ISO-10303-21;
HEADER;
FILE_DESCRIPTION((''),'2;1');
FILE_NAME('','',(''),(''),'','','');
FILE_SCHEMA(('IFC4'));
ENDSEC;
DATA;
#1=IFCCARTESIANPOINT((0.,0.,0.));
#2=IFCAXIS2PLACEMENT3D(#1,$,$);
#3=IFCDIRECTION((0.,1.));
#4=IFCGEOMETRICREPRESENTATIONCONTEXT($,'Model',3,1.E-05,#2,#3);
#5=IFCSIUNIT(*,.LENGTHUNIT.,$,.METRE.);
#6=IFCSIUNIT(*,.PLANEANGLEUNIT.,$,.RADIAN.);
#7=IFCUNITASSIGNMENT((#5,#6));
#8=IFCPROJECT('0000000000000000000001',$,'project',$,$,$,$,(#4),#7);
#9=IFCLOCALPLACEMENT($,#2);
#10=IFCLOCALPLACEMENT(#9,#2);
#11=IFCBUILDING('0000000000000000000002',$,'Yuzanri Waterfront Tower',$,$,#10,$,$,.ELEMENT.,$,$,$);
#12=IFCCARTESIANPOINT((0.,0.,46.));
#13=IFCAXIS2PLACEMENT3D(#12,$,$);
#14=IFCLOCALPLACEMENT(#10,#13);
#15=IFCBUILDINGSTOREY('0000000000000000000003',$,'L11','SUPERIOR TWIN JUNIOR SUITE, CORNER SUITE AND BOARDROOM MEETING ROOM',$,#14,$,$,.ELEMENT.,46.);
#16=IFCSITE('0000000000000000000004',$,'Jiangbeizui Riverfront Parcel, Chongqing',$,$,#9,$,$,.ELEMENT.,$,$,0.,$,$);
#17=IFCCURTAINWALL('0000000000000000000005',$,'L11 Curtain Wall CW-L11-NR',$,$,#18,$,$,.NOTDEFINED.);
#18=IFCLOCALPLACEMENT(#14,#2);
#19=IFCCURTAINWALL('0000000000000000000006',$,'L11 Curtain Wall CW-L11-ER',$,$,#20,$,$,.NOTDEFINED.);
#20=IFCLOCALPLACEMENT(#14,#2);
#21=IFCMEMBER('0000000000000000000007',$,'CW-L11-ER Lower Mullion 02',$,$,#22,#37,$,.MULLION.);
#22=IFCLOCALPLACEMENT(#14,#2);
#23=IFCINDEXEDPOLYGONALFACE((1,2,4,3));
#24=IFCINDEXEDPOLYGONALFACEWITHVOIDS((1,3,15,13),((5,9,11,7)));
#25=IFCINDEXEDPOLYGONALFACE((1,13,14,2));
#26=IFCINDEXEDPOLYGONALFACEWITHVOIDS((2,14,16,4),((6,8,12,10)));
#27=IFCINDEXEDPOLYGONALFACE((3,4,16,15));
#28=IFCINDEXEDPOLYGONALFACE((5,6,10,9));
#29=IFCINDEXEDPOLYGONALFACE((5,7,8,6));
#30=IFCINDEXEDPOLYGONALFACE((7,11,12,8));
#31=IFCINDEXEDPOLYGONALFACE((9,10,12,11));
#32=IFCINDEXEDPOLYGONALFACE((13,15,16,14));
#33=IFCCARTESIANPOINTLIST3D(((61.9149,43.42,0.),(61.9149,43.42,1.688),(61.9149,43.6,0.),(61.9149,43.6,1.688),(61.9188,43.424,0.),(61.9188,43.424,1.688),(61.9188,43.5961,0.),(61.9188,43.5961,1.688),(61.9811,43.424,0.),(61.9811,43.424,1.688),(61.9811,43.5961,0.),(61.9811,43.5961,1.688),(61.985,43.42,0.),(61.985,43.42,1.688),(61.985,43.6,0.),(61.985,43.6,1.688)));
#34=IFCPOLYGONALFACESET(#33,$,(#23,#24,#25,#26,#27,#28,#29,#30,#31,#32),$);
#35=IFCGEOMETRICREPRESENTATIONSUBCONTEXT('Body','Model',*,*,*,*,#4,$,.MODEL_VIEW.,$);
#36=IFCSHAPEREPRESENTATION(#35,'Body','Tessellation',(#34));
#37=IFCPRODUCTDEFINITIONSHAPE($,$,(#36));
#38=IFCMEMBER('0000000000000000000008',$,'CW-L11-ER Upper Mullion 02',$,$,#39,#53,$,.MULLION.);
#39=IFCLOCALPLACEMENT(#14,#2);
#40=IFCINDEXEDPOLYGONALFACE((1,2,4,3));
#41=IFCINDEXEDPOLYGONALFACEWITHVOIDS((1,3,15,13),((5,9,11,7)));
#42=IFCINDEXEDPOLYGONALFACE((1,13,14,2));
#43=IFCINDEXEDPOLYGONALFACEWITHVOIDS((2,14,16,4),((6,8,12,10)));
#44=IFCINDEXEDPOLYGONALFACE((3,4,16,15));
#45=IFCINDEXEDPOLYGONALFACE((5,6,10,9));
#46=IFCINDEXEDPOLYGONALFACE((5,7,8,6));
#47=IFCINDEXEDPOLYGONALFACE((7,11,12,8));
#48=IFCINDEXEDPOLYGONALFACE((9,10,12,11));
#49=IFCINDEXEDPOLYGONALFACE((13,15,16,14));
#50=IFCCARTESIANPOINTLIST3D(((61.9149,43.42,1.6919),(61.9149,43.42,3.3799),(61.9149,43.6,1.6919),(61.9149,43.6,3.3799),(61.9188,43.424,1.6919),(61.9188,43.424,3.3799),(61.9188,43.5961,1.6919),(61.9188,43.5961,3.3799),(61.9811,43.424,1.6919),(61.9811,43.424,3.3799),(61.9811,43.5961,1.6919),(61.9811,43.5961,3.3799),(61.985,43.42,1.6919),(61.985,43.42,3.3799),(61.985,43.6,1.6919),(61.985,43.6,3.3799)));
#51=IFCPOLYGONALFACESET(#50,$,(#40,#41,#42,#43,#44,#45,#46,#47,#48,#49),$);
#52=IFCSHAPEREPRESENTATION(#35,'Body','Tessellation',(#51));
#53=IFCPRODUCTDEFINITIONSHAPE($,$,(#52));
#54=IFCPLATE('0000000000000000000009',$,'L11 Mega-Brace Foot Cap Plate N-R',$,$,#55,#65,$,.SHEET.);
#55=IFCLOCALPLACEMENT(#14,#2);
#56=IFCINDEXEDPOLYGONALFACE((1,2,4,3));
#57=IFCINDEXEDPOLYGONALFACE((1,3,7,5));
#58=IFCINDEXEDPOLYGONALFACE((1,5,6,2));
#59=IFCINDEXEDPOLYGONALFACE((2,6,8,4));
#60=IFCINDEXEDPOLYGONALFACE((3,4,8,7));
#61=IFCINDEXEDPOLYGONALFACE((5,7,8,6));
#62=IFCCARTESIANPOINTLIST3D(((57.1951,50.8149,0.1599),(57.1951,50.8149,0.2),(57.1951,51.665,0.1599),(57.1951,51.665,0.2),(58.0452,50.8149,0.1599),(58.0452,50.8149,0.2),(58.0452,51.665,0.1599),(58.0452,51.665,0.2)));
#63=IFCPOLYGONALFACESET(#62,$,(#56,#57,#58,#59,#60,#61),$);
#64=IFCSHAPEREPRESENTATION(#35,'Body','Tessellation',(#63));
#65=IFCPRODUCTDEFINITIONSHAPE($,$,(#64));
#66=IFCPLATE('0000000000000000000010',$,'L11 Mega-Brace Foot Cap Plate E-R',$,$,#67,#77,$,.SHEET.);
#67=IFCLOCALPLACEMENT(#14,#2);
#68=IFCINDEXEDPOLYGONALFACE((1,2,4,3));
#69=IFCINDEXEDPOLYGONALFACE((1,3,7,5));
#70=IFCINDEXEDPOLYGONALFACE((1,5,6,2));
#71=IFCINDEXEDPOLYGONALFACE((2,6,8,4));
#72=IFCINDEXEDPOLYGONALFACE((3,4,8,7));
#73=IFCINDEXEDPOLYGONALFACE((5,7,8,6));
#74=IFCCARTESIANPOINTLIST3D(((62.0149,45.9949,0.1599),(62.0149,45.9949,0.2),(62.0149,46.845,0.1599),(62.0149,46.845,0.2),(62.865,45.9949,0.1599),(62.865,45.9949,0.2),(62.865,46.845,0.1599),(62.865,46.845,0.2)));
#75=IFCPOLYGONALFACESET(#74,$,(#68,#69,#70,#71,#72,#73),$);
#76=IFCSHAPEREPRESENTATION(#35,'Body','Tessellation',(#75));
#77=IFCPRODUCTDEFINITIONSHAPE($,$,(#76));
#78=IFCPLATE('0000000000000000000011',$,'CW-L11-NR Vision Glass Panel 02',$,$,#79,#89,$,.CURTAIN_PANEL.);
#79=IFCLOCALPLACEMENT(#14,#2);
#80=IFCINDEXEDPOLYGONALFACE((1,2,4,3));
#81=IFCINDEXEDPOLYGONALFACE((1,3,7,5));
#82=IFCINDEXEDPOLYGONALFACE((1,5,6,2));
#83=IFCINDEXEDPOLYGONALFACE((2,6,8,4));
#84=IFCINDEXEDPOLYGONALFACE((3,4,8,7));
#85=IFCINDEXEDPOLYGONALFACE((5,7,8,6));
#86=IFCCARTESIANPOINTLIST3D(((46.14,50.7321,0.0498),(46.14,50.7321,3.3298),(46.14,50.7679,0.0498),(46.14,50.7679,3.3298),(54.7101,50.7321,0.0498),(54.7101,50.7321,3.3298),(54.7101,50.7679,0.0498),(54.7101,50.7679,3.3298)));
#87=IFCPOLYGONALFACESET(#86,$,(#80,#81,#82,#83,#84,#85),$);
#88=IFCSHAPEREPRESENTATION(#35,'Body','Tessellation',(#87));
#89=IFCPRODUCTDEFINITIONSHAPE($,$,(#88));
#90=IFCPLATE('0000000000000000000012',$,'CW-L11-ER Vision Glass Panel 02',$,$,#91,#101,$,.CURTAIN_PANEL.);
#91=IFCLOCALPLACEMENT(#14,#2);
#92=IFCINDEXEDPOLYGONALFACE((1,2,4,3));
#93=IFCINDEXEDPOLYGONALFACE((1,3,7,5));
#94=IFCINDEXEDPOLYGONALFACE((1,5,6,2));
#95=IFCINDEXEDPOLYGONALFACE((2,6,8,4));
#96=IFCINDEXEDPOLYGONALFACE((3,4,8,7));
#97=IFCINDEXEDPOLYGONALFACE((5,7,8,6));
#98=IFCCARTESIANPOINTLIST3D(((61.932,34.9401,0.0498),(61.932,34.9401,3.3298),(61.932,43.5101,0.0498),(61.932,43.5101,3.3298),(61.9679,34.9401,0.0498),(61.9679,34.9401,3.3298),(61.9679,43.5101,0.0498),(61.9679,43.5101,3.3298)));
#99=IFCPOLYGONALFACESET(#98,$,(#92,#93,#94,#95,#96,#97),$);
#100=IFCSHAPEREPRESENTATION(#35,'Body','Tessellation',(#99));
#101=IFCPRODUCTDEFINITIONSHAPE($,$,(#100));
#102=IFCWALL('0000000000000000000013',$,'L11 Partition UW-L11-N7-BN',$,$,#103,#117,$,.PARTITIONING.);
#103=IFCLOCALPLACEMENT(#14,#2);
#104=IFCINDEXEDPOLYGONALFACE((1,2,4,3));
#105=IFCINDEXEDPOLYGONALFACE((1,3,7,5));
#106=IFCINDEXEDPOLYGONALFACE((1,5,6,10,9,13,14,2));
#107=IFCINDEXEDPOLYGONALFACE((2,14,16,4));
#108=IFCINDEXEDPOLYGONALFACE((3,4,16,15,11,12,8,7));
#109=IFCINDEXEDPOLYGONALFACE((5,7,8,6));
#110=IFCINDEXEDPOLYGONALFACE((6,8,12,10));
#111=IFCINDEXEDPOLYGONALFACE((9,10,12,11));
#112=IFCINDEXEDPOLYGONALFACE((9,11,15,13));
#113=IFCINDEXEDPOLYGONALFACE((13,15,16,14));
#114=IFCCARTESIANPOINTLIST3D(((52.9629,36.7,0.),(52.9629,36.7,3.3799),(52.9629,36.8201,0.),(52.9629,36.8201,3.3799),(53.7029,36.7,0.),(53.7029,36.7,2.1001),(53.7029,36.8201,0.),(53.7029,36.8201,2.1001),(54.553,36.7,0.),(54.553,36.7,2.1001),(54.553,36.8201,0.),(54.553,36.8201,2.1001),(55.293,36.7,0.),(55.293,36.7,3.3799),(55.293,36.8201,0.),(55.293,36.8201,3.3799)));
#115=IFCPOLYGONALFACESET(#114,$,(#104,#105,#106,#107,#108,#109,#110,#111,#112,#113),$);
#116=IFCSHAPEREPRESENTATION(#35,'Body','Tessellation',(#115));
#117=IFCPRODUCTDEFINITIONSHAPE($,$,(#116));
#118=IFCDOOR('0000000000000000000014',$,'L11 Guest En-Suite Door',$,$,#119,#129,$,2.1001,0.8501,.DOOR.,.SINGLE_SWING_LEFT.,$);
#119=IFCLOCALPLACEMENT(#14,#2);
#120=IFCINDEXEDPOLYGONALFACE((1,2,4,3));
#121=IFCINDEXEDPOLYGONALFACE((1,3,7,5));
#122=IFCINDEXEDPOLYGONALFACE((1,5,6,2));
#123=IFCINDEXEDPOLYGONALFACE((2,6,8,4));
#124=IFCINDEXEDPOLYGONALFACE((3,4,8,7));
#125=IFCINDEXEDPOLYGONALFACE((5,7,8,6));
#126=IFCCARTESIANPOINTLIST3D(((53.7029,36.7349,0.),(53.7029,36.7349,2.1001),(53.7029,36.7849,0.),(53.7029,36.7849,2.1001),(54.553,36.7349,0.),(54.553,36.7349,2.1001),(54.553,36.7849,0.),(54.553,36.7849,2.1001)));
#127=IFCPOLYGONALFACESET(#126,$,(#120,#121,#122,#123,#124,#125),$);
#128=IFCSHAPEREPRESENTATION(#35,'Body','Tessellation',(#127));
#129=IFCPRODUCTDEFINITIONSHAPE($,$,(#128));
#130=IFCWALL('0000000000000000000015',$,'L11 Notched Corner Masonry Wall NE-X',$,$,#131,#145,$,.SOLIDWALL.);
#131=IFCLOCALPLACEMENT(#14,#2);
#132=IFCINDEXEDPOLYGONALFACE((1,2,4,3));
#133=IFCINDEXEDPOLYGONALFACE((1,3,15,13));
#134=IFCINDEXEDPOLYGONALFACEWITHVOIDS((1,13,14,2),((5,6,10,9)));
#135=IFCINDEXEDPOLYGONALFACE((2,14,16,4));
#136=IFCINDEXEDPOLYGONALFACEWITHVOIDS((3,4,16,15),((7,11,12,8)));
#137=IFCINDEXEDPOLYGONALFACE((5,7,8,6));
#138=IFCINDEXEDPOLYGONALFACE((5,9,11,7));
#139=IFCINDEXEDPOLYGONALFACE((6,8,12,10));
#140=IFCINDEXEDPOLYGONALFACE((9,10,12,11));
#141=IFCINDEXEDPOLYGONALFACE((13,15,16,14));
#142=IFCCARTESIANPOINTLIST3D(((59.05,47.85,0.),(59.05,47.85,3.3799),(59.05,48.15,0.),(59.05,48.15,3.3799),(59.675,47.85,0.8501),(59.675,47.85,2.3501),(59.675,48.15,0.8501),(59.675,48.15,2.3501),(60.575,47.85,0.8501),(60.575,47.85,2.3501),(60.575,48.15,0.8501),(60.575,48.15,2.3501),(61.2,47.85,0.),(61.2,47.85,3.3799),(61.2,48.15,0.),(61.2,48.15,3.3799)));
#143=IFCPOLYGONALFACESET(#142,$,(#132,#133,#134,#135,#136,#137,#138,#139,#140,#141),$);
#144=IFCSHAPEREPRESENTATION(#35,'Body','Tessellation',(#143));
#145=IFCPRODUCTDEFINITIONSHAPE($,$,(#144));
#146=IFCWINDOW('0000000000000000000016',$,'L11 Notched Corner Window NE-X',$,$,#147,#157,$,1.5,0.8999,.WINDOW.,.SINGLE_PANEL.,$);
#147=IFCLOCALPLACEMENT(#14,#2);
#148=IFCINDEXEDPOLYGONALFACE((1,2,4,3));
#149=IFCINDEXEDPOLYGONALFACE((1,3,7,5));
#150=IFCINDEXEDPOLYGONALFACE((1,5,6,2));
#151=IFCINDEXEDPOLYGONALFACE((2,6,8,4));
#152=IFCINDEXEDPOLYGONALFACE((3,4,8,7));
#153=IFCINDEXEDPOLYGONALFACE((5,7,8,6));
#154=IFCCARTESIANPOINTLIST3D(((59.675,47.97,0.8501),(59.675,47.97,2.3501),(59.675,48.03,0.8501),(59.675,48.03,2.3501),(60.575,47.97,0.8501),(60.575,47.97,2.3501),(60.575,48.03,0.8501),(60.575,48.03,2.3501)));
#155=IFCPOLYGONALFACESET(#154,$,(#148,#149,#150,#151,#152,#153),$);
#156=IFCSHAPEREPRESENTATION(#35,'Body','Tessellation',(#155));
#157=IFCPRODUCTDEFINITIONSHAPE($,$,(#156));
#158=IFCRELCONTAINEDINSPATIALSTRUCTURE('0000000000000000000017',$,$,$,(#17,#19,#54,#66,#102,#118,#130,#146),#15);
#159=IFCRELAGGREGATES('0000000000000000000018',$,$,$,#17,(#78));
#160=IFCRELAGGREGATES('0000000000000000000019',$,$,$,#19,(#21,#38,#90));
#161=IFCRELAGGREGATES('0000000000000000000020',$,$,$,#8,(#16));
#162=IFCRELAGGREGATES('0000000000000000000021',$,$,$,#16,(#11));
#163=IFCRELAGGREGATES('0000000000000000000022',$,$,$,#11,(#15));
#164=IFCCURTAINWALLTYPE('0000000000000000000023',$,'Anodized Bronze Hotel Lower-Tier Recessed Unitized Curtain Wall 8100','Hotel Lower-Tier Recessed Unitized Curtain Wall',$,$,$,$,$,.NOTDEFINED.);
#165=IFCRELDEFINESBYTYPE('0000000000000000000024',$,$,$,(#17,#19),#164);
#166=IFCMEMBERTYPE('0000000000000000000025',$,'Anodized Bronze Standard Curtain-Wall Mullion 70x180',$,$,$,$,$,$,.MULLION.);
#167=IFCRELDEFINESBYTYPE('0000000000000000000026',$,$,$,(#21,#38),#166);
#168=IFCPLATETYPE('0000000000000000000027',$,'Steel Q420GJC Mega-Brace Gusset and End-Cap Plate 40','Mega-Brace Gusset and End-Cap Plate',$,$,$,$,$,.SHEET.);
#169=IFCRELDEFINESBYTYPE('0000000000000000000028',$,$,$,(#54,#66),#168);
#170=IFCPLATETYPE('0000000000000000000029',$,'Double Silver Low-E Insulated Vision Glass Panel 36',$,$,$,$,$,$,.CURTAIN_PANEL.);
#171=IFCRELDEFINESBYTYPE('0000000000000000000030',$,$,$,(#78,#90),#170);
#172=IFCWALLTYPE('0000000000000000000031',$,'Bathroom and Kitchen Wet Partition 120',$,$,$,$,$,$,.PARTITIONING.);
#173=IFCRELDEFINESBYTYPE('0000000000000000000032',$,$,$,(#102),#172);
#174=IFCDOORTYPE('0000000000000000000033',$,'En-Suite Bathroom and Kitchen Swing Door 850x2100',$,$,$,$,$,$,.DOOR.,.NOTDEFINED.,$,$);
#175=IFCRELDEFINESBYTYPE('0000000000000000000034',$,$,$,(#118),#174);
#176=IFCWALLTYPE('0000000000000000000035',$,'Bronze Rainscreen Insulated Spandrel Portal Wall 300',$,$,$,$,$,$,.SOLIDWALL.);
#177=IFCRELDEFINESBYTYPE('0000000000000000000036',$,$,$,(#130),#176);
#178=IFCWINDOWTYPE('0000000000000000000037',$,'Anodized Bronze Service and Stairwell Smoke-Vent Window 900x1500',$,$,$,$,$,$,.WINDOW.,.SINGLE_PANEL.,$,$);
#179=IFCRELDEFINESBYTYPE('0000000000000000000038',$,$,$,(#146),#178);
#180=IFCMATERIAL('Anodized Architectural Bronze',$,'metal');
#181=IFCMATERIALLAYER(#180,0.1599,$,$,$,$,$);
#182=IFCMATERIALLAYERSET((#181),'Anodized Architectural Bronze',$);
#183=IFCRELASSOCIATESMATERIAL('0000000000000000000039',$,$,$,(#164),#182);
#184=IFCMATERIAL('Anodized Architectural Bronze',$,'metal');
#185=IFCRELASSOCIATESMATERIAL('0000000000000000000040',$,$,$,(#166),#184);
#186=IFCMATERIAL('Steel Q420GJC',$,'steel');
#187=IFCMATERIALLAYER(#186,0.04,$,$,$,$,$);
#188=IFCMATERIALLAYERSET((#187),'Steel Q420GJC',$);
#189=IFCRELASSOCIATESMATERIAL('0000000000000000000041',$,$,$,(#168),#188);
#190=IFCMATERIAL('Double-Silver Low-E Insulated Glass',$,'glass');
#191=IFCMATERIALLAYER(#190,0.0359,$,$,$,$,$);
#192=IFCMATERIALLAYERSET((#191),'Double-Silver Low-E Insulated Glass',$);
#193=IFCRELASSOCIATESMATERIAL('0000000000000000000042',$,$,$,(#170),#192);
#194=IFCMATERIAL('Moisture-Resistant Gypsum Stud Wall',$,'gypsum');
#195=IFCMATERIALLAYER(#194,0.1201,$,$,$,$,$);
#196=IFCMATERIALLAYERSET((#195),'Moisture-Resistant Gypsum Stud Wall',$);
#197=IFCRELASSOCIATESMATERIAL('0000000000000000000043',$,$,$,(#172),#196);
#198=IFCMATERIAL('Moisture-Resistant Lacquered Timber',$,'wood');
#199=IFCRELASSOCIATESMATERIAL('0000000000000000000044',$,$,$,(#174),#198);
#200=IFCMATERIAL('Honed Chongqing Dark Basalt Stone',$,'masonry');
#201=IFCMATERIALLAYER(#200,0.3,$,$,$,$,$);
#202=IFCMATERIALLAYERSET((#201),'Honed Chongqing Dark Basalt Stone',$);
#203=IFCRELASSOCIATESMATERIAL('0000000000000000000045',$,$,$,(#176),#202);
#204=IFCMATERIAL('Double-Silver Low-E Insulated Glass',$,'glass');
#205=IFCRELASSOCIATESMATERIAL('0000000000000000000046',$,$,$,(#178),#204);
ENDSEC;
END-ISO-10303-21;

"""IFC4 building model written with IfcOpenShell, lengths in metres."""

from ifc_helpers import new_model, si_unit, direction, frame, frame_2d, origin, origin_2d, place, context, subcontext, project, spatial, rectangle, hollow_rectangle, extrude, source, transform, mapped, material, layer, layer_set, material_profile, profile_set, type_object, element, fill, aggregate, save


model = new_model("IFC4")

# Units and contexts
model_context = context("Model", 3, precision=1e-05, world=origin(), true_north=direction((0.0, 1.0)))
body_context = subcontext(model_context, "Body", "Model", "MODEL_VIEW")
ifc_project = project(units=[si_unit("LENGTHUNIT", "METRE"), si_unit("PLANEANGLEUNIT", "RADIAN")], contexts=[model_context])

# Site, building, storey
site_placement = place(None, origin())
site = spatial("IfcSite", under=ifc_project, at=site_placement, Name="Jiangbeizui Riverfront Parcel, Chongqing", CompositionType="ELEMENT", RefElevation=0.0)
building_placement = place(site_placement, origin())
building = spatial("IfcBuilding", under=site, at=building_placement, Name="Yuzanri Waterfront Tower", CompositionType="ELEMENT")
storey_placement = place(building_placement, frame((0.0, 0.0, 46.0)))
storey = spatial("IfcBuildingStorey", under=building, at=storey_placement, Name="L11", Description="SUPERIOR TWIN JUNIOR SUITE, CORNER SUITE AND BOARDROOM MEETING ROOM", CompositionType="ELEMENT", Elevation=46.0)

# Curtain walls, members
ifc_material_1 = material(Name="Anodized Architectural Bronze", Category="metal")
ifc_layer_1 = layer(ifc_material_1, 0.1599)
ifc_layer_set_1 = layer_set([ifc_layer_1], Name="Anodized Architectural Bronze")
curtain_wall_type = type_object("IfcCurtainWallType", Name="Anodized Bronze Hotel Lower-Tier Recessed Unitized Curtain Wall 8100", Description="Hotel Lower-Tier Recessed Unitized Curtain Wall", PredefinedType="NOTDEFINED", material=ifc_layer_set_1)
curtain_wall_1_placement = place(storey_placement, origin())
curtain_wall_1 = element("IfcCurtainWall", 1, at=curtain_wall_1_placement, inside=storey, type_object=curtain_wall_type, Name="L11 Curtain Wall CW-L11-NR", PredefinedType="NOTDEFINED")
ifc_material_2 = material(Name="Anodized Architectural Bronze", Category="metal")
ifc_material_profile_1 = material_profile(ifc_material_2, hollow_rectangle(XDim=0.0701, YDim=0.1799, WallThickness=0.0039, at=origin_2d()), Name="CWM 70x180")
ifc_profile_set_1 = profile_set([ifc_material_profile_1], Name="Anodized Architectural Bronze")
member_type_1 = type_object("IfcMemberType", Name="Anodized Bronze Standard Curtain-Wall Mullion 70x180", PredefinedType="MULLION", material=ifc_profile_set_1)
shared_shape_1 = source(origin(), body_context, "Body", "SweptSolid", [
    extrude(hollow_rectangle(XDim=0.0701, YDim=0.1799, WallThickness=0.0039, at=origin_2d()), origin(), (0.0, 0.0, 1.0), 1.688),
])
curtain_wall_2_placement = place(storey_placement, origin())
curtain_wall_2 = element("IfcCurtainWall", 2, at=curtain_wall_2_placement, inside=storey, type_object=curtain_wall_type, Name="L11 Curtain Wall CW-L11-ER", PredefinedType="NOTDEFINED")
member_1_placement = place(storey_placement, frame((61.95, 43.51, 0.0), z_axis=(0.0, 0.0, 1.0), x_axis=(1.0, 0.0, 0.0)))
member_1 = element("IfcMember", 3, at=member_1_placement, type_object=member_type_1, Name="CW-L11-ER Lower Mullion 02", PredefinedType="MULLION", context=body_context, shape_type="MappedRepresentation", body=[
    mapped(shared_shape_1, transform((0.0, 0.0, 0.0), scale=1.0)),
])
member_2_placement = place(storey_placement, frame((61.95, 43.51, 1.6919), z_axis=(0.0, 0.0, 1.0), x_axis=(1.0, 0.0, 0.0)))
member_2 = element("IfcMember", 4, at=member_2_placement, type_object=member_type_1, Name="CW-L11-ER Upper Mullion 02", PredefinedType="MULLION", context=body_context, shape_type="MappedRepresentation", body=[
    mapped(shared_shape_1, transform((0.0, 0.0, 0.0), scale=1.0)),
])

# Plates
ifc_material_3 = material(Name="Steel Q420GJC", Category="steel")
ifc_layer_2 = layer(ifc_material_3, 0.04)
ifc_layer_set_2 = layer_set([ifc_layer_2], Name="Steel Q420GJC")
plate_type_1 = type_object("IfcPlateType", Name="Steel Q420GJC Mega-Brace Gusset and End-Cap Plate 40", Description="Mega-Brace Gusset and End-Cap Plate", PredefinedType="SHEET", material=ifc_layer_set_2)
shared_shape_2 = source(origin(), body_context, "Body", "SweptSolid", [
    extrude(rectangle(XDim=0.8501, YDim=0.8501, at=origin_2d()), origin(), (0.0, 0.0, 1.0), 0.04),
])
for number, where, z_axis, x_axis, name in (
    (5, (57.6201, 51.24, 0.1599), (0.0, 0.0, 1.0), (1.0, 0.0, 0.0), "L11 Mega-Brace Foot Cap Plate N-R"),
    (6, (62.4399, 46.4199, 0.1599), (0.0, 0.0, 1.0), (1.0, 0.0, 0.0), "L11 Mega-Brace Foot Cap Plate E-R"),
):
    element("IfcPlate", number, at=place(storey_placement, frame(where, z_axis=z_axis, x_axis=x_axis)), inside=storey, type_object=plate_type_1, Name=name, PredefinedType="SHEET", context=body_context, shape_type="MappedRepresentation", body=[
        mapped(shared_shape_2, transform((0.0, 0.0, 0.0), scale=1.0)),
    ])

# Plates
ifc_material_4 = material(Name="Double-Silver Low-E Insulated Glass", Category="glass")
ifc_layer_3 = layer(ifc_material_4, 0.0359)
ifc_layer_set_3 = layer_set([ifc_layer_3], Name="Double-Silver Low-E Insulated Glass")
plate_type_2 = type_object("IfcPlateType", Name="Double Silver Low-E Insulated Vision Glass Panel 36", PredefinedType="CURTAIN_PANEL", material=ifc_layer_set_3)
shared_shape_3 = source(origin(), body_context, "Body", "SweptSolid", [
    extrude(rectangle(XDim=8.5701, YDim=0.0359, at=origin_2d()), origin(), (0.0, 0.0, 1.0), 3.28),
])
plate_1_placement = place(storey_placement, frame((50.425, 50.75, 0.0498), z_axis=(0.0, 0.0, 1.0), x_axis=(1.0, 0.0, 0.0)))
plate_1 = element("IfcPlate", 7, at=plate_1_placement, type_object=plate_type_2, Name="CW-L11-NR Vision Glass Panel 02", PredefinedType="CURTAIN_PANEL", context=body_context, shape_type="MappedRepresentation", body=[
    mapped(shared_shape_3, transform((0.0, 0.0, 0.0), scale=1.0)),
])
aggregate(curtain_wall_1, [plate_1])
plate_2_placement = place(storey_placement, frame((61.95, 39.2251, 0.0498), z_axis=(0.0, 0.0, 1.0), x_axis=(0.0, 1.0, 0.0)))
plate_2 = element("IfcPlate", 8, at=plate_2_placement, type_object=plate_type_2, Name="CW-L11-ER Vision Glass Panel 02", PredefinedType="CURTAIN_PANEL", context=body_context, shape_type="MappedRepresentation", body=[
    mapped(shared_shape_3, transform((0.0, 0.0, 0.0), scale=1.0)),
])
aggregate(curtain_wall_2, [member_1, member_2, plate_2])

# Wall, opening, door
ifc_material_5 = material(Name="Moisture-Resistant Gypsum Stud Wall", Category="gypsum")
ifc_layer_4 = layer(ifc_material_5, 0.1201)
ifc_layer_set_4 = layer_set([ifc_layer_4], Name="Moisture-Resistant Gypsum Stud Wall")
wall_type_1 = type_object("IfcWallType", Name="Bathroom and Kitchen Wet Partition 120", PredefinedType="PARTITIONING", material=ifc_layer_set_4)
wall_1_placement = place(storey_placement, frame((52.9629, 36.76, 0.0), z_axis=(0.0, 0.0, 1.0), x_axis=(1.0, 0.0, 0.0)))
wall_1 = element("IfcWall", 9, at=wall_1_placement, inside=storey, type_object=wall_type_1, Name="L11 Partition UW-L11-N7-BN", PredefinedType="PARTITIONING", context=body_context, shape_type="SweptSolid", body=[
    extrude(rectangle(XDim=2.3301, YDim=0.1201, at=frame_2d((1.165, 0.0))), origin(), (0.0, 0.0, 1.0), 3.3799),
])
opening_1_placement = place(wall_1_placement, frame((0.74, 0.0, 0.0)))
opening_1 = element("IfcOpeningElement", 10, at=opening_1_placement, cuts=wall_1, PredefinedType="OPENING", context=body_context, shape_type="SweptSolid", body=[
    extrude(rectangle(XDim=0.8501, YDim=2.1001, at=frame_2d((0.425, 1.05))), frame((0.0, 0.075, 0.0), z_axis=(0.0, -1.0, 0.0), x_axis=(1.0, 0.0, 0.0)), (0.0, 0.0, 1.0), 0.1499),
])
ifc_material_6 = material(Name="Moisture-Resistant Lacquered Timber", Category="wood")
door_type = type_object("IfcDoorType", Name="En-Suite Bathroom and Kitchen Swing Door 850x2100", OperationType="NOTDEFINED", PredefinedType="DOOR", material=ifc_material_6)
shared_shape_4 = source(origin(), body_context, "Body", "SweptSolid", [
    extrude(rectangle(XDim=0.8501, YDim=2.1001, at=frame_2d((0.425, 1.05))), frame((0.0, 0.0249, 0.0), z_axis=(0.0, -1.0, 0.0), x_axis=(1.0, 0.0, 0.0)), (0.0, 0.0, 1.0), 0.05),
])
door_placement = place(opening_1_placement, origin())
door = element("IfcDoor", 11, at=door_placement, inside=storey, type_object=door_type, Name="L11 Guest En-Suite Door", OperationType="SINGLE_SWING_LEFT", OverallHeight=2.1001, OverallWidth=0.8501, PredefinedType="DOOR", context=body_context, shape_type="MappedRepresentation", body=[
    mapped(shared_shape_4, transform((0.0, 0.0, 0.0), scale=1.0)),
])
fill(opening_1, door)

# Wall, opening, window
ifc_material_7 = material(Name="Honed Chongqing Dark Basalt Stone", Category="masonry")
ifc_layer_5 = layer(ifc_material_7, 0.3)
ifc_layer_set_5 = layer_set([ifc_layer_5], Name="Honed Chongqing Dark Basalt Stone")
wall_type_2 = type_object("IfcWallType", Name="Bronze Rainscreen Insulated Spandrel Portal Wall 300", PredefinedType="SOLIDWALL", material=ifc_layer_set_5)
wall_2_placement = place(storey_placement, frame((61.2, 48.0, 0.0), z_axis=(0.0, 0.0, 1.0), x_axis=(-1.0, 0.0, 0.0)))
wall_2 = element("IfcWall", 12, at=wall_2_placement, inside=storey, type_object=wall_type_2, Name="L11 Notched Corner Masonry Wall NE-X", PredefinedType="SOLIDWALL", context=body_context, shape_type="SweptSolid", body=[
    extrude(rectangle(XDim=2.1499, YDim=0.3, at=frame_2d((1.075, 0.0))), origin(), (0.0, 0.0, 1.0), 3.3799),
])
opening_2_placement = place(wall_2_placement, frame((0.625, 0.0, 0.8501)))
opening_2 = element("IfcOpeningElement", 13, at=opening_2_placement, cuts=wall_2, PredefinedType="OPENING", context=body_context, shape_type="SweptSolid", body=[
    extrude(rectangle(XDim=0.8999, YDim=1.5, at=frame_2d((0.45, 0.75))), frame((0.0, 0.165, 0.0), z_axis=(0.0, -1.0, 0.0), x_axis=(1.0, 0.0, 0.0)), (0.0, 0.0, 1.0), 0.3298),
])
ifc_material_8 = material(Name="Double-Silver Low-E Insulated Glass", Category="glass")
window_type_1 = type_object("IfcWindowType", Name="Anodized Bronze Service and Stairwell Smoke-Vent Window 900x1500", PartitioningType="SINGLE_PANEL", PredefinedType="WINDOW", material=ifc_material_8)
shared_shape_5 = source(origin(), body_context, "Body", "SweptSolid", [
    extrude(rectangle(XDim=0.8999, YDim=1.5, at=frame_2d((0.45, 0.75))), frame((0.0, 0.03, 0.0), z_axis=(0.0, -1.0, 0.0), x_axis=(1.0, 0.0, 0.0)), (0.0, 0.0, 1.0), 0.0601),
])
window_1_placement = place(opening_2_placement, origin())
window_1 = element("IfcWindow", 14, at=window_1_placement, inside=storey, type_object=window_type_1, Name="L11 Notched Corner Window NE-X", OverallHeight=1.5, OverallWidth=0.8999, PartitioningType="SINGLE_PANEL", PredefinedType="WINDOW", context=body_context, shape_type="MappedRepresentation", body=[
    mapped(shared_shape_5, transform((0.0, 0.0, 0.0), scale=1.0)),
])
fill(opening_2, window_1)

save(model, "model.ifc")
